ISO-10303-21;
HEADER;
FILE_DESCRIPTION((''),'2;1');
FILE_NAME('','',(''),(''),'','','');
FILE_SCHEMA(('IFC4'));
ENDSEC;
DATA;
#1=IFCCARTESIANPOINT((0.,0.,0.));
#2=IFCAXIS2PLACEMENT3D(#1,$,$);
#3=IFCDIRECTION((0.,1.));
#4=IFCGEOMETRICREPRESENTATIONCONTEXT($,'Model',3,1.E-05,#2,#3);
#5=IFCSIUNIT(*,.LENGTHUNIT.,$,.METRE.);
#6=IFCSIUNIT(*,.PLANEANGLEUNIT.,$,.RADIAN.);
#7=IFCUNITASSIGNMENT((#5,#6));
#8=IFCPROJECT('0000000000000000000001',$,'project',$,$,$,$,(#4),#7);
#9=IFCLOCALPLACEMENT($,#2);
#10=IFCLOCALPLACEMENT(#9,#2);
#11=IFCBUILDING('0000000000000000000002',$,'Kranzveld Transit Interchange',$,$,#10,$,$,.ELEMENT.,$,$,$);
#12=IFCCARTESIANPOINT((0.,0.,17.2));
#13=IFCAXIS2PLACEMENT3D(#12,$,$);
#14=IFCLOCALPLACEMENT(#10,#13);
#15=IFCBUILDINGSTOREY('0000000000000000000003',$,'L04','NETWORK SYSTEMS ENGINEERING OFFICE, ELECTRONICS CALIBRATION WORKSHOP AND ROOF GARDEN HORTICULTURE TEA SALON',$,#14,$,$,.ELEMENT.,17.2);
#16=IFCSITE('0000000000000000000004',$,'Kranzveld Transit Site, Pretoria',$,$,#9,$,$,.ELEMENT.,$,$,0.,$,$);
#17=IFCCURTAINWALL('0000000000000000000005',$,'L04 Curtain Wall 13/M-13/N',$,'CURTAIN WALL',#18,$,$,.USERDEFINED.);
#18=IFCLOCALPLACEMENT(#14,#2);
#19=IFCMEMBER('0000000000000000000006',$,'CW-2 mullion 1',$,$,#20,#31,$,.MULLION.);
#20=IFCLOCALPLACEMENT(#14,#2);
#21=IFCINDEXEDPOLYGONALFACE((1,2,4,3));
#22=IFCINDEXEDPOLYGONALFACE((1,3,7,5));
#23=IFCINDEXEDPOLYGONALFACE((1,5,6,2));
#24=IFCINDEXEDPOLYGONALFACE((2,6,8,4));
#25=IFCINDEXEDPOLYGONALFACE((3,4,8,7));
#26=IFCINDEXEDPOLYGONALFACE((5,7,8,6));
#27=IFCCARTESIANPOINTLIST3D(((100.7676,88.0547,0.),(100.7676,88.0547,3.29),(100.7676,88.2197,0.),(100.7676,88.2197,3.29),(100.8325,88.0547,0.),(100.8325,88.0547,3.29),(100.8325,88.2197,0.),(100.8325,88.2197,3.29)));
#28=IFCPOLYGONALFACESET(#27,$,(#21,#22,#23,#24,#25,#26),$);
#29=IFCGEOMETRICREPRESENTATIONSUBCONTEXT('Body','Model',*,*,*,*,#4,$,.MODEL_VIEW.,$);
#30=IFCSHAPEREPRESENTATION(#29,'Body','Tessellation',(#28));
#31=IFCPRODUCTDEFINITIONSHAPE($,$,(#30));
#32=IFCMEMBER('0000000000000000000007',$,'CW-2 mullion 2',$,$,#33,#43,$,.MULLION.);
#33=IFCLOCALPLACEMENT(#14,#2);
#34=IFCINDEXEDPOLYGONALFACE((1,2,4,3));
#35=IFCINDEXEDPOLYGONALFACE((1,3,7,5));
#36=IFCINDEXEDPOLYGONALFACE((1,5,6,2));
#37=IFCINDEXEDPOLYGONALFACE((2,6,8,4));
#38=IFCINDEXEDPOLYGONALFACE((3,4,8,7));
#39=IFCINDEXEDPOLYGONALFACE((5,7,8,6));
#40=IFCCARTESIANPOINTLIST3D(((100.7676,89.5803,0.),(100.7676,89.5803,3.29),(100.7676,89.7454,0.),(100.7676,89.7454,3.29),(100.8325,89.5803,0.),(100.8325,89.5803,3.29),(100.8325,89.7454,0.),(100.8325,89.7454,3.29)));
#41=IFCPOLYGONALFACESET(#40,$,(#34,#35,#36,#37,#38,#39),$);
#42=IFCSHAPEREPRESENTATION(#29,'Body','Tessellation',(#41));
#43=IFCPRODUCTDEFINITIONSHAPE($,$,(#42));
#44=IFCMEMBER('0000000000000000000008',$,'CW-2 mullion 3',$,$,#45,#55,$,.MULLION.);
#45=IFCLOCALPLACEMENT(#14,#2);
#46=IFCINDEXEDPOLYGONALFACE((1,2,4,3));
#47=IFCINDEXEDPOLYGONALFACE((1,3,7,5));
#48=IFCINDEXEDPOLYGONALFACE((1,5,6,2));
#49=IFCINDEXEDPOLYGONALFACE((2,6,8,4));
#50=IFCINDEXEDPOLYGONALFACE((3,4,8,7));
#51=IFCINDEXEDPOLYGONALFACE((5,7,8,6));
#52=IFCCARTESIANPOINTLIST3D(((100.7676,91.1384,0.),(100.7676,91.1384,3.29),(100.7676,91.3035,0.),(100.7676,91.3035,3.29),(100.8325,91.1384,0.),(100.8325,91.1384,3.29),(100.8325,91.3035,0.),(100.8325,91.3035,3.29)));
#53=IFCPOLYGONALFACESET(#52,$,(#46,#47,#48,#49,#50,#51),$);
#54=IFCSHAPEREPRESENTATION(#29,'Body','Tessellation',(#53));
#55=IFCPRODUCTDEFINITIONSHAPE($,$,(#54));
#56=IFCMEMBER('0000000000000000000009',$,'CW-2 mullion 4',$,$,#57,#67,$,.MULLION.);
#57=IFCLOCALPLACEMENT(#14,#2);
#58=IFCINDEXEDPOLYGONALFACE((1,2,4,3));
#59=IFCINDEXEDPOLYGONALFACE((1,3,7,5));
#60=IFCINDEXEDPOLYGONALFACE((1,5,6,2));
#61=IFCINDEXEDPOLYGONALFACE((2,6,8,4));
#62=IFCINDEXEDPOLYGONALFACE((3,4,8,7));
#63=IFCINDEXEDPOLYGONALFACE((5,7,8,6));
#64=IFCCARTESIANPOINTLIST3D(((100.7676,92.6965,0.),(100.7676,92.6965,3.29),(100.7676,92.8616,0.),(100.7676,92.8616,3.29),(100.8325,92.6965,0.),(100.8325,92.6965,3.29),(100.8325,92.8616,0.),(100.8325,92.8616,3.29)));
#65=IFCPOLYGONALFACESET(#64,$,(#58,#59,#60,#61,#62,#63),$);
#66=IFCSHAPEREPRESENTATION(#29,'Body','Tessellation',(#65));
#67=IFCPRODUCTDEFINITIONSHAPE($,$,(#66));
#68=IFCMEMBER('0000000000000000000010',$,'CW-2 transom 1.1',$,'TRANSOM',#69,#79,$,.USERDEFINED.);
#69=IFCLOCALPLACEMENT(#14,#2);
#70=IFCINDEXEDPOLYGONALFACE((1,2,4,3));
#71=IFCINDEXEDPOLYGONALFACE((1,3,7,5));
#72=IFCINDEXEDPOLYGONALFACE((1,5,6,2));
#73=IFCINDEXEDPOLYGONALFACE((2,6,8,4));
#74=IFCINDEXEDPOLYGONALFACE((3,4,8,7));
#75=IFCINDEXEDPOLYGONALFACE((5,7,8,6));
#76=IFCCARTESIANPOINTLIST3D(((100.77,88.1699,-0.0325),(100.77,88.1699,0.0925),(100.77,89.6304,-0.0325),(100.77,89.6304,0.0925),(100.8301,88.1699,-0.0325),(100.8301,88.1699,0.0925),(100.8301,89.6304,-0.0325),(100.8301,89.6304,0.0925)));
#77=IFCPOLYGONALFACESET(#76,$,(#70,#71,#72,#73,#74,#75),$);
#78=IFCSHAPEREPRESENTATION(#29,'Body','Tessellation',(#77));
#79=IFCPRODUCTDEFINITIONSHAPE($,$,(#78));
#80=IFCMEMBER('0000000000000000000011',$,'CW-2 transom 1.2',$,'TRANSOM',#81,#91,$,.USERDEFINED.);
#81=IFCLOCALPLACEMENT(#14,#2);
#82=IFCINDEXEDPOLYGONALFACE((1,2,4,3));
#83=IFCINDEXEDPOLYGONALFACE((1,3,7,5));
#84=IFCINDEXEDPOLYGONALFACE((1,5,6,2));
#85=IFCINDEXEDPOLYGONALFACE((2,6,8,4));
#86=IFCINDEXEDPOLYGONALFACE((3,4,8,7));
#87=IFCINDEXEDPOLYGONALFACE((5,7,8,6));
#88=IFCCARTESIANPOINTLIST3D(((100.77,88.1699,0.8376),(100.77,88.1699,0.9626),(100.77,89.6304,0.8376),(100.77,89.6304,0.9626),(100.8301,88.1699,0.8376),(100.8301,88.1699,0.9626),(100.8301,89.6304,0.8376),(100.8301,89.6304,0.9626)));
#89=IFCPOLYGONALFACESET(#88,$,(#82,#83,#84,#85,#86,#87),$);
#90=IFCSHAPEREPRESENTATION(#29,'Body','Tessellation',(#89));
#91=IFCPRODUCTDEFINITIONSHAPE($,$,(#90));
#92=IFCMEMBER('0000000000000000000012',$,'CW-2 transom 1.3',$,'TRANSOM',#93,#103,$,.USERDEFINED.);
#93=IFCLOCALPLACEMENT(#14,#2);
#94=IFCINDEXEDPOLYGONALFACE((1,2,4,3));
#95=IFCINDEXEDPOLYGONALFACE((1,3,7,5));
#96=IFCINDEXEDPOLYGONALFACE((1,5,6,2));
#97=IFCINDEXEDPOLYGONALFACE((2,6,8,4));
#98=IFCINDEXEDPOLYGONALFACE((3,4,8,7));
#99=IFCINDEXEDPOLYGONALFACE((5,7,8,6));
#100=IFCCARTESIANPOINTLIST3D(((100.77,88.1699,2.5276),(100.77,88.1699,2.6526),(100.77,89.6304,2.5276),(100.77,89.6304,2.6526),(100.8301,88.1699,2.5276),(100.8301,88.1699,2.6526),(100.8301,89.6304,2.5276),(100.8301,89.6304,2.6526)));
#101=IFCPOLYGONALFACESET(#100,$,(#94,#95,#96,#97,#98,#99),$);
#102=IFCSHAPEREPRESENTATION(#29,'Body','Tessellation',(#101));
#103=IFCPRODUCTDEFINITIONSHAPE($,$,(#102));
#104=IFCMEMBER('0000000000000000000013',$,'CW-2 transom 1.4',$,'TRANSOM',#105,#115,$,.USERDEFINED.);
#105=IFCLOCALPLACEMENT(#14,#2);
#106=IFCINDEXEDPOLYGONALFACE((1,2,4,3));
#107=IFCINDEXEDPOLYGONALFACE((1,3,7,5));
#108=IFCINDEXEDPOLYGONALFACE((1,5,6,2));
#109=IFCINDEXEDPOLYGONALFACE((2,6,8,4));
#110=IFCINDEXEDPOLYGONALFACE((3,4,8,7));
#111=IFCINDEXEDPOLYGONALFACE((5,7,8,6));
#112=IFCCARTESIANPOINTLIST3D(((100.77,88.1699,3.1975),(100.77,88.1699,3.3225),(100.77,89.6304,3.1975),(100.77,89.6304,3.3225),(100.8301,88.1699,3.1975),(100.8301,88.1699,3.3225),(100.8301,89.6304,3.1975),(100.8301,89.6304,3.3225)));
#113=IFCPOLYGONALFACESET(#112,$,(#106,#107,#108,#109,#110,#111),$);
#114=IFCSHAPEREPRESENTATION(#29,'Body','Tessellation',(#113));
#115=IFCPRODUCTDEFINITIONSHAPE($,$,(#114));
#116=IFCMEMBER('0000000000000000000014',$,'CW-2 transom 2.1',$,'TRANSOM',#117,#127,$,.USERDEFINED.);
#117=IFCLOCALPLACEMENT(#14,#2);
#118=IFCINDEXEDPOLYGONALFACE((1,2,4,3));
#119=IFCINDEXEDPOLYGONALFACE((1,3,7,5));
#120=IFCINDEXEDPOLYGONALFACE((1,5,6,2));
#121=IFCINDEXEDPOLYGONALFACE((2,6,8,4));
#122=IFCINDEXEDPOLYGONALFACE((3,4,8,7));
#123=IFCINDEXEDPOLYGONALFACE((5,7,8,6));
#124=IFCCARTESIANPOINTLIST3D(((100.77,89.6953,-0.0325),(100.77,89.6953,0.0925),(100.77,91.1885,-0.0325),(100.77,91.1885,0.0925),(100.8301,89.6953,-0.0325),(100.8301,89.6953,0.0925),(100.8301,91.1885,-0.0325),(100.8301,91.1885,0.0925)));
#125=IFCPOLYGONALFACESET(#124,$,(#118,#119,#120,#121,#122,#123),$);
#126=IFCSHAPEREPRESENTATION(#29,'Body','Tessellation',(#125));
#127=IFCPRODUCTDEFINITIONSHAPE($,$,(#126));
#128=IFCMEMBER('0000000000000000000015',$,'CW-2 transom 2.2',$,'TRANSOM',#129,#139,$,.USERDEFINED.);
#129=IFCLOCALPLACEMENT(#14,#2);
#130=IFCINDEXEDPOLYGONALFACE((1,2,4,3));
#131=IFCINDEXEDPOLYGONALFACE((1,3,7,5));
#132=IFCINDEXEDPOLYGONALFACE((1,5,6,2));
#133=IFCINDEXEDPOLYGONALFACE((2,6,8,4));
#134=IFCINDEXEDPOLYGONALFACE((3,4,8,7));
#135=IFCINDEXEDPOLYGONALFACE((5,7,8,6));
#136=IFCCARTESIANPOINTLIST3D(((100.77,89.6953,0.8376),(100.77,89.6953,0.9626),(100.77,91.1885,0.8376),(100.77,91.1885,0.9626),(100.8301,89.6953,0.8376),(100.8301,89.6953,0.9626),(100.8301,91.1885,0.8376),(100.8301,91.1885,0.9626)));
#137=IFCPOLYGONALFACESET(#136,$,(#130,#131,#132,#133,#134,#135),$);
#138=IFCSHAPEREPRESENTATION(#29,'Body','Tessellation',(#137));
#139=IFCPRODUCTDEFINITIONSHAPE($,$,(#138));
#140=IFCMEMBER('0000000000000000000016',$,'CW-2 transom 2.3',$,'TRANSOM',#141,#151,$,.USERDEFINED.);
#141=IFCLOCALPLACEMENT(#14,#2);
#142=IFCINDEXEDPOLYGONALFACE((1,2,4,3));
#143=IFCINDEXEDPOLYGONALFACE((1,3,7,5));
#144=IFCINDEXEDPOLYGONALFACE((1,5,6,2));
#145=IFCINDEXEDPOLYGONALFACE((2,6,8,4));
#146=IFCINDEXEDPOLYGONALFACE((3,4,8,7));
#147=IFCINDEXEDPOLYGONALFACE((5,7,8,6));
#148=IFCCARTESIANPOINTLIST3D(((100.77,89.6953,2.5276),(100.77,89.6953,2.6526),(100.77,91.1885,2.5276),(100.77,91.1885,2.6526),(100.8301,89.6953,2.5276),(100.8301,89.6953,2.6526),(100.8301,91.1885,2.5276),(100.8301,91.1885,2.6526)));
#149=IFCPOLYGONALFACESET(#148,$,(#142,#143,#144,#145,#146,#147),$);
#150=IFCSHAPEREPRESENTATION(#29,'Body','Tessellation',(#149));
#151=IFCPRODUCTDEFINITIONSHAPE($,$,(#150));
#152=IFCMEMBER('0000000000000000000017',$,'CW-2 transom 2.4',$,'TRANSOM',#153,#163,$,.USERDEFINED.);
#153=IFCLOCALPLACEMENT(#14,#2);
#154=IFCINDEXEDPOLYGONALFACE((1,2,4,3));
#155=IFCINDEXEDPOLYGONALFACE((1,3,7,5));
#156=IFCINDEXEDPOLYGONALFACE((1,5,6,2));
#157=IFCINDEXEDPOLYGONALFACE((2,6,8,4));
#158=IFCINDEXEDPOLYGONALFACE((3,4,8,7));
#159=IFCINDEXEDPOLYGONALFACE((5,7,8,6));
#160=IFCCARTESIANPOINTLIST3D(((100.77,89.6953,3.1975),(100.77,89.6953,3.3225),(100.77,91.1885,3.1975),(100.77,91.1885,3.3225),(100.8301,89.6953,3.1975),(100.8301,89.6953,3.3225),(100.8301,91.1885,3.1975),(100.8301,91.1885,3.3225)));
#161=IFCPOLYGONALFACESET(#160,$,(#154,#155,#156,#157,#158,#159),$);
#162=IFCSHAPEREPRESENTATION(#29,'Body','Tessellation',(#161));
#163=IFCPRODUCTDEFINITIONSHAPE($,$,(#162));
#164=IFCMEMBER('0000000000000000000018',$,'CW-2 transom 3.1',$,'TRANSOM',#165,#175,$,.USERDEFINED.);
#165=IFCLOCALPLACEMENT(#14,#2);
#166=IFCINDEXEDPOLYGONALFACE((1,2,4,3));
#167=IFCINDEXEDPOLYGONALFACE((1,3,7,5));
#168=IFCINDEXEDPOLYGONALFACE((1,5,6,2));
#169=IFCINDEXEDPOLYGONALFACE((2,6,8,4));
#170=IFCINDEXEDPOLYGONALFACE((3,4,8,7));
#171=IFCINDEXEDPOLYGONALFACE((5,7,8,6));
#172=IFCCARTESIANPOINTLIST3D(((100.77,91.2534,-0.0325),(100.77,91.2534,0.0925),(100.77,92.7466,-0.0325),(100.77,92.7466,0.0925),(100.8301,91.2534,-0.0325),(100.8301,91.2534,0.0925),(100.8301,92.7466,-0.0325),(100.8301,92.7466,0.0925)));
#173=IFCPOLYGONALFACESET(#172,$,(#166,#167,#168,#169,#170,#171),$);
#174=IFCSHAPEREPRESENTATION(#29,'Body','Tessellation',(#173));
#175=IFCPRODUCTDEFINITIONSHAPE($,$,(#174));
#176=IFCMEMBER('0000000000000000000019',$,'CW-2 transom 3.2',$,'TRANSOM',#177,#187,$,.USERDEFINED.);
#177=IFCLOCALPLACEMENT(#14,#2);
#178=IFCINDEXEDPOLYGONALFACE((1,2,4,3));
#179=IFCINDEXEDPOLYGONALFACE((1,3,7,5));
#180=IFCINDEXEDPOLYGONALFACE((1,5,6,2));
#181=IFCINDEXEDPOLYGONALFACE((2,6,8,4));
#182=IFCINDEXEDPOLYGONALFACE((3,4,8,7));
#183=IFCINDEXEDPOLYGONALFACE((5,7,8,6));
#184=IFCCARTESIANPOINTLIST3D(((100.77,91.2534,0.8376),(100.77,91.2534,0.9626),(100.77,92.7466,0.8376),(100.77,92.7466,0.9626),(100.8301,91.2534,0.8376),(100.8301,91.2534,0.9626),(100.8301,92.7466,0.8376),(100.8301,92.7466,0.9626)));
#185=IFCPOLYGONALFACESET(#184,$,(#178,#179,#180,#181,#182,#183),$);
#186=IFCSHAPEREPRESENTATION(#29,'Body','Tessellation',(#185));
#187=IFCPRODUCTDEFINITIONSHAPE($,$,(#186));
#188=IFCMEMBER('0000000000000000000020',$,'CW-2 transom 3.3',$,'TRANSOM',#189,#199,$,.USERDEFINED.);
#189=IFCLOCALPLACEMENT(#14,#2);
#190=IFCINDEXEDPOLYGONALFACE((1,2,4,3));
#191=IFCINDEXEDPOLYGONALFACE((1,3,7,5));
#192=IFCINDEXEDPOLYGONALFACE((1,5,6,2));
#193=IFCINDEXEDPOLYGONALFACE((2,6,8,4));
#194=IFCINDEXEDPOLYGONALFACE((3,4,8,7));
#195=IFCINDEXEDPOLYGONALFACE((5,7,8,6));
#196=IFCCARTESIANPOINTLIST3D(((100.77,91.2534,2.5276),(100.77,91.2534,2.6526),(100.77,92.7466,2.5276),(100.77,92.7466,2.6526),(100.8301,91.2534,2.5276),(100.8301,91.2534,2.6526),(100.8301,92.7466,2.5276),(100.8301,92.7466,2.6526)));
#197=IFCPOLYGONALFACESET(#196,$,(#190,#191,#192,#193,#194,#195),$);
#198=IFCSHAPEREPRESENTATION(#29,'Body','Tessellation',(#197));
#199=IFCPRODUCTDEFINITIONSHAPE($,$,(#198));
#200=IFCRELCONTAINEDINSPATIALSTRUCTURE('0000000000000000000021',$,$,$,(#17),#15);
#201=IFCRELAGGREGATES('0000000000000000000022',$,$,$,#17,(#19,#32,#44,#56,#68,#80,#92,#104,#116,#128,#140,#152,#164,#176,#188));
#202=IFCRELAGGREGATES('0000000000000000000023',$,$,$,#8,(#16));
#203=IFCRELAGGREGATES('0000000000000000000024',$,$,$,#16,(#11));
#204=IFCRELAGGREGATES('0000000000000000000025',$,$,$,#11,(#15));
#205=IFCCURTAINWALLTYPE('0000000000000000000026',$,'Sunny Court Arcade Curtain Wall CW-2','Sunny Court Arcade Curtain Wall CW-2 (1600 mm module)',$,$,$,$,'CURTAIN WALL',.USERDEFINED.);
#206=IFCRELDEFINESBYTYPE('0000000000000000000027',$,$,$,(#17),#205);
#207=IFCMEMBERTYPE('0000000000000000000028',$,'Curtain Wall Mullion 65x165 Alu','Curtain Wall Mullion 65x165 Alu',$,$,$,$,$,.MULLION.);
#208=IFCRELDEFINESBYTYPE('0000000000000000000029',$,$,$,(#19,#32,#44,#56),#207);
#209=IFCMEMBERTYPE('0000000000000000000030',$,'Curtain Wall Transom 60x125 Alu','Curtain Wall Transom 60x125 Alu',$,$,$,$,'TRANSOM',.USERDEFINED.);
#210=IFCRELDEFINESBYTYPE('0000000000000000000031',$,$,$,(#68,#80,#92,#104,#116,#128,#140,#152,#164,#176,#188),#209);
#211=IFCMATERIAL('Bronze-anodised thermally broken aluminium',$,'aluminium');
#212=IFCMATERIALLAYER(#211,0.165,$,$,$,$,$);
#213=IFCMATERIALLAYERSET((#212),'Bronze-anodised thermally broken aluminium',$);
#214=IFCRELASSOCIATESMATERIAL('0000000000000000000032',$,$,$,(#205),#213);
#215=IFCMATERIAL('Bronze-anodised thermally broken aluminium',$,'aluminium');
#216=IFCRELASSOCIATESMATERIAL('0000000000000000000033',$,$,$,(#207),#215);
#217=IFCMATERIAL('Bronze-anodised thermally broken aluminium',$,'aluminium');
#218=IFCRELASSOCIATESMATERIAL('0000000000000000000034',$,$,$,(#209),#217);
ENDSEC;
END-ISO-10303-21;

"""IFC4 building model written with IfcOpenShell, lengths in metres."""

from ifc_helpers import new_model, si_unit, direction, frame, origin, origin_2d, place, context, subcontext, project, spatial, rectangle, extrude, material, layer, layer_set, material_profile, profile_set, type_object, element, aggregate, save


model = new_model("IFC4")

# Units and contexts
model_context = context("Model", 3, precision=1e-05, world=origin(), true_north=direction((0.0, 1.0)))
body_context = subcontext(model_context, "Body", "Model", "MODEL_VIEW")
ifc_project = project(units=[si_unit("LENGTHUNIT", "METRE"), si_unit("PLANEANGLEUNIT", "RADIAN")], contexts=[model_context])

# Site, building, storey
site_placement = place(None, origin())
site = spatial("IfcSite", under=ifc_project, at=site_placement, Name="Kranzveld Transit Site, Pretoria", CompositionType="ELEMENT", RefElevation=0.0)
building_placement = place(site_placement, origin())
building = spatial("IfcBuilding", under=site, at=building_placement, Name="Kranzveld Transit Interchange", CompositionType="ELEMENT")
storey_placement = place(building_placement, frame((0.0, 0.0, 17.2)))
storey = spatial("IfcBuildingStorey", under=building, at=storey_placement, Name="L04", Description="NETWORK SYSTEMS ENGINEERING OFFICE, ELECTRONICS CALIBRATION WORKSHOP AND ROOF GARDEN HORTICULTURE TEA SALON", CompositionType="ELEMENT", Elevation=17.2)

# Curtain wall, members
ifc_material_1 = material(Name="Bronze-anodised thermally broken aluminium", Category="aluminium")
ifc_layer_1 = layer(ifc_material_1, 0.165)
ifc_layer_set_1 = layer_set([ifc_layer_1], Name="Bronze-anodised thermally broken aluminium")
curtain_wall_type = type_object("IfcCurtainWallType", Name="Sunny Court Arcade Curtain Wall CW-2", Description="Sunny Court Arcade Curtain Wall CW-2 (1600 mm module)", ElementType="CURTAIN WALL", PredefinedType="USERDEFINED", material=ifc_layer_set_1)
curtain_wall_placement = place(storey_placement, origin())
curtain_wall = element("IfcCurtainWall", 1, at=curtain_wall_placement, inside=storey, type_object=curtain_wall_type, Name="L04 Curtain Wall 13/M-13/N", ObjectType="CURTAIN WALL", PredefinedType="USERDEFINED")
ifc_material_2 = material(Name="Bronze-anodised thermally broken aluminium", Category="aluminium")
ifc_material_profile_1 = material_profile(ifc_material_2, rectangle(XDim=0.0649, YDim=0.165, at=origin_2d()), Name="ALU MULLION 65x165")
ifc_profile_set_1 = profile_set([ifc_material_profile_1], Name="Bronze-anodised thermally broken aluminium")
member_type_1 = type_object("IfcMemberType", Name="Curtain Wall Mullion 65x165 Alu", Description="Curtain Wall Mullion 65x165 Alu", PredefinedType="MULLION", material=ifc_profile_set_1)
member_1_placement = place(storey_placement, frame((100.8, 88.1372, 0.0), z_axis=(0.0, 0.0, 1.0), x_axis=(-1.0, 0.0, 0.0)))
member_1 = element("IfcMember", 2, at=member_1_placement, type_object=member_type_1, Name="CW-2 mullion 1", PredefinedType="MULLION", context=body_context, shape_type="SweptSolid", body=[
    extrude(rectangle(XDim=0.0649, YDim=0.165, at=origin_2d()), origin(), (0.0, 0.0, 1.0), 3.29),
])
member_2_placement = place(storey_placement, frame((100.8, 89.6628, 0.0), z_axis=(0.0, 0.0, 1.0), x_axis=(-1.0, 0.0, 0.0)))
member_2 = element("IfcMember", 3, at=member_2_placement, type_object=member_type_1, Name="CW-2 mullion 2", PredefinedType="MULLION", context=body_context, shape_type="SweptSolid", body=[
    extrude(rectangle(XDim=0.0649, YDim=0.165, at=origin_2d()), origin(), (0.0, 0.0, 1.0), 3.29),
])
member_3_placement = place(storey_placement, frame((100.8, 91.2209, 0.0), z_axis=(0.0, 0.0, 1.0), x_axis=(-1.0, 0.0, 0.0)))
member_3 = element("IfcMember", 4, at=member_3_placement, type_object=member_type_1, Name="CW-2 mullion 3", PredefinedType="MULLION", context=body_context, shape_type="SweptSolid", body=[
    extrude(rectangle(XDim=0.0649, YDim=0.165, at=origin_2d()), origin(), (0.0, 0.0, 1.0), 3.29),
])
member_4_placement = place(storey_placement, frame((100.8, 92.7791, 0.0), z_axis=(0.0, 0.0, 1.0), x_axis=(-1.0, 0.0, 0.0)))
member_4 = element("IfcMember", 5, at=member_4_placement, type_object=member_type_1, Name="CW-2 mullion 4", PredefinedType="MULLION", context=body_context, shape_type="SweptSolid", body=[
    extrude(rectangle(XDim=0.0649, YDim=0.165, at=origin_2d()), origin(), (0.0, 0.0, 1.0), 3.29),
])
ifc_material_3 = material(Name="Bronze-anodised thermally broken aluminium", Category="aluminium")
ifc_material_profile_2 = material_profile(ifc_material_3, rectangle(XDim=0.0601, YDim=0.125, at=origin_2d()), Name="ALU TRANSOM 60x125")
ifc_profile_set_2 = profile_set([ifc_material_profile_2], Name="Bronze-anodised thermally broken aluminium")
member_type_2 = type_object("IfcMemberType", Name="Curtain Wall Transom 60x125 Alu", Description="Curtain Wall Transom 60x125 Alu", ElementType="TRANSOM", PredefinedType="USERDEFINED", material=ifc_profile_set_2)
member_5_placement = place(storey_placement, frame((100.8, 88.1699, 0.03), z_axis=(0.0, 1.0, 0.0), x_axis=(-1.0, 0.0, 0.0)))
member_5 = element("IfcMember", 6, at=member_5_placement, type_object=member_type_2, Name="CW-2 transom 1.1", ObjectType="TRANSOM", PredefinedType="USERDEFINED", context=body_context, shape_type="SweptSolid", body=[
    extrude(rectangle(XDim=0.0601, YDim=0.125, at=origin_2d()), origin(), (0.0, 0.0, 1.0), 1.4604),
])
member_6_placement = place(storey_placement, frame((100.8, 88.1699, 0.9001), z_axis=(0.0, 1.0, 0.0), x_axis=(-1.0, 0.0, 0.0)))
member_6 = element("IfcMember", 7, at=member_6_placement, type_object=member_type_2, Name="CW-2 transom 1.2", ObjectType="TRANSOM", PredefinedType="USERDEFINED", context=body_context, shape_type="SweptSolid", body=[
    extrude(rectangle(XDim=0.0601, YDim=0.125, at=origin_2d()), origin(), (0.0, 0.0, 1.0), 1.4604),
])
member_7_placement = place(storey_placement, frame((100.8, 88.1699, 2.5901), z_axis=(0.0, 1.0, 0.0), x_axis=(-1.0, 0.0, 0.0)))
member_7 = element("IfcMember", 8, at=member_7_placement, type_object=member_type_2, Name="CW-2 transom 1.3", ObjectType="TRANSOM", PredefinedType="USERDEFINED", context=body_context, shape_type="SweptSolid", body=[
    extrude(rectangle(XDim=0.0601, YDim=0.125, at=origin_2d()), origin(), (0.0, 0.0, 1.0), 1.4604),
])
member_8_placement = place(storey_placement, frame((100.8, 88.1699, 3.26), z_axis=(0.0, 1.0, 0.0), x_axis=(-1.0, 0.0, 0.0)))
member_8 = element("IfcMember", 9, at=member_8_placement, type_object=member_type_2, Name="CW-2 transom 1.4", ObjectType="TRANSOM", PredefinedType="USERDEFINED", context=body_context, shape_type="SweptSolid", body=[
    extrude(rectangle(XDim=0.0601, YDim=0.125, at=origin_2d()), origin(), (0.0, 0.0, 1.0), 1.4604),
])
member_9_placement = place(storey_placement, frame((100.8, 89.6953, 0.03), z_axis=(0.0, 1.0, 0.0), x_axis=(-1.0, 0.0, 0.0)))
member_9 = element("IfcMember", 10, at=member_9_placement, type_object=member_type_2, Name="CW-2 transom 2.1", ObjectType="TRANSOM", PredefinedType="USERDEFINED", context=body_context, shape_type="SweptSolid", body=[
    extrude(rectangle(XDim=0.0601, YDim=0.125, at=origin_2d()), origin(), (0.0, 0.0, 1.0), 1.4932),
])
member_10_placement = place(storey_placement, frame((100.8, 89.6953, 0.9001), z_axis=(0.0, 1.0, 0.0), x_axis=(-1.0, 0.0, 0.0)))
member_10 = element("IfcMember", 11, at=member_10_placement, type_object=member_type_2, Name="CW-2 transom 2.2", ObjectType="TRANSOM", PredefinedType="USERDEFINED", context=body_context, shape_type="SweptSolid", body=[
    extrude(rectangle(XDim=0.0601, YDim=0.125, at=origin_2d()), origin(), (0.0, 0.0, 1.0), 1.4932),
])
member_11_placement = place(storey_placement, frame((100.8, 89.6953, 2.5901), z_axis=(0.0, 1.0, 0.0), x_axis=(-1.0, 0.0, 0.0)))
member_11 = element("IfcMember", 12, at=member_11_placement, type_object=member_type_2, Name="CW-2 transom 2.3", ObjectType="TRANSOM", PredefinedType="USERDEFINED", context=body_context, shape_type="SweptSolid", body=[
    extrude(rectangle(XDim=0.0601, YDim=0.125, at=origin_2d()), origin(), (0.0, 0.0, 1.0), 1.4932),
])
member_12_placement = place(storey_placement, frame((100.8, 89.6953, 3.26), z_axis=(0.0, 1.0, 0.0), x_axis=(-1.0, 0.0, 0.0)))
member_12 = element("IfcMember", 13, at=member_12_placement, type_object=member_type_2, Name="CW-2 transom 2.4", ObjectType="TRANSOM", PredefinedType="USERDEFINED", context=body_context, shape_type="SweptSolid", body=[
    extrude(rectangle(XDim=0.0601, YDim=0.125, at=origin_2d()), origin(), (0.0, 0.0, 1.0), 1.4932),
])
member_13_placement = place(storey_placement, frame((100.8, 91.2534, 0.03), z_axis=(0.0, 1.0, 0.0), x_axis=(-1.0, 0.0, 0.0)))
member_13 = element("IfcMember", 14, at=member_13_placement, type_object=member_type_2, Name="CW-2 transom 3.1", ObjectType="TRANSOM", PredefinedType="USERDEFINED", context=body_context, shape_type="SweptSolid", body=[
    extrude(rectangle(XDim=0.0601, YDim=0.125, at=origin_2d()), origin(), (0.0, 0.0, 1.0), 1.4932),
])
member_14_placement = place(storey_placement, frame((100.8, 91.2534, 0.9001), z_axis=(0.0, 1.0, 0.0), x_axis=(-1.0, 0.0, 0.0)))
member_14 = element("IfcMember", 15, at=member_14_placement, type_object=member_type_2, Name="CW-2 transom 3.2", ObjectType="TRANSOM", PredefinedType="USERDEFINED", context=body_context, shape_type="SweptSolid", body=[
    extrude(rectangle(XDim=0.0601, YDim=0.125, at=origin_2d()), origin(), (0.0, 0.0, 1.0), 1.4932),
])
member_15_placement = place(storey_placement, frame((100.8, 91.2534, 2.5901), z_axis=(0.0, 1.0, 0.0), x_axis=(-1.0, 0.0, 0.0)))
member_15 = element("IfcMember", 16, at=member_15_placement, type_object=member_type_2, Name="CW-2 transom 3.3", ObjectType="TRANSOM", PredefinedType="USERDEFINED", context=body_context, shape_type="SweptSolid", body=[
    extrude(rectangle(XDim=0.0601, YDim=0.125, at=origin_2d()), origin(), (0.0, 0.0, 1.0), 1.4932),
])

aggregate(curtain_wall, [member_1, member_2, member_3, member_4, member_5, member_6, member_7, member_8, member_9, member_10, member_11, member_12, member_13, member_14, member_15])

save(model, "model.ifc")
